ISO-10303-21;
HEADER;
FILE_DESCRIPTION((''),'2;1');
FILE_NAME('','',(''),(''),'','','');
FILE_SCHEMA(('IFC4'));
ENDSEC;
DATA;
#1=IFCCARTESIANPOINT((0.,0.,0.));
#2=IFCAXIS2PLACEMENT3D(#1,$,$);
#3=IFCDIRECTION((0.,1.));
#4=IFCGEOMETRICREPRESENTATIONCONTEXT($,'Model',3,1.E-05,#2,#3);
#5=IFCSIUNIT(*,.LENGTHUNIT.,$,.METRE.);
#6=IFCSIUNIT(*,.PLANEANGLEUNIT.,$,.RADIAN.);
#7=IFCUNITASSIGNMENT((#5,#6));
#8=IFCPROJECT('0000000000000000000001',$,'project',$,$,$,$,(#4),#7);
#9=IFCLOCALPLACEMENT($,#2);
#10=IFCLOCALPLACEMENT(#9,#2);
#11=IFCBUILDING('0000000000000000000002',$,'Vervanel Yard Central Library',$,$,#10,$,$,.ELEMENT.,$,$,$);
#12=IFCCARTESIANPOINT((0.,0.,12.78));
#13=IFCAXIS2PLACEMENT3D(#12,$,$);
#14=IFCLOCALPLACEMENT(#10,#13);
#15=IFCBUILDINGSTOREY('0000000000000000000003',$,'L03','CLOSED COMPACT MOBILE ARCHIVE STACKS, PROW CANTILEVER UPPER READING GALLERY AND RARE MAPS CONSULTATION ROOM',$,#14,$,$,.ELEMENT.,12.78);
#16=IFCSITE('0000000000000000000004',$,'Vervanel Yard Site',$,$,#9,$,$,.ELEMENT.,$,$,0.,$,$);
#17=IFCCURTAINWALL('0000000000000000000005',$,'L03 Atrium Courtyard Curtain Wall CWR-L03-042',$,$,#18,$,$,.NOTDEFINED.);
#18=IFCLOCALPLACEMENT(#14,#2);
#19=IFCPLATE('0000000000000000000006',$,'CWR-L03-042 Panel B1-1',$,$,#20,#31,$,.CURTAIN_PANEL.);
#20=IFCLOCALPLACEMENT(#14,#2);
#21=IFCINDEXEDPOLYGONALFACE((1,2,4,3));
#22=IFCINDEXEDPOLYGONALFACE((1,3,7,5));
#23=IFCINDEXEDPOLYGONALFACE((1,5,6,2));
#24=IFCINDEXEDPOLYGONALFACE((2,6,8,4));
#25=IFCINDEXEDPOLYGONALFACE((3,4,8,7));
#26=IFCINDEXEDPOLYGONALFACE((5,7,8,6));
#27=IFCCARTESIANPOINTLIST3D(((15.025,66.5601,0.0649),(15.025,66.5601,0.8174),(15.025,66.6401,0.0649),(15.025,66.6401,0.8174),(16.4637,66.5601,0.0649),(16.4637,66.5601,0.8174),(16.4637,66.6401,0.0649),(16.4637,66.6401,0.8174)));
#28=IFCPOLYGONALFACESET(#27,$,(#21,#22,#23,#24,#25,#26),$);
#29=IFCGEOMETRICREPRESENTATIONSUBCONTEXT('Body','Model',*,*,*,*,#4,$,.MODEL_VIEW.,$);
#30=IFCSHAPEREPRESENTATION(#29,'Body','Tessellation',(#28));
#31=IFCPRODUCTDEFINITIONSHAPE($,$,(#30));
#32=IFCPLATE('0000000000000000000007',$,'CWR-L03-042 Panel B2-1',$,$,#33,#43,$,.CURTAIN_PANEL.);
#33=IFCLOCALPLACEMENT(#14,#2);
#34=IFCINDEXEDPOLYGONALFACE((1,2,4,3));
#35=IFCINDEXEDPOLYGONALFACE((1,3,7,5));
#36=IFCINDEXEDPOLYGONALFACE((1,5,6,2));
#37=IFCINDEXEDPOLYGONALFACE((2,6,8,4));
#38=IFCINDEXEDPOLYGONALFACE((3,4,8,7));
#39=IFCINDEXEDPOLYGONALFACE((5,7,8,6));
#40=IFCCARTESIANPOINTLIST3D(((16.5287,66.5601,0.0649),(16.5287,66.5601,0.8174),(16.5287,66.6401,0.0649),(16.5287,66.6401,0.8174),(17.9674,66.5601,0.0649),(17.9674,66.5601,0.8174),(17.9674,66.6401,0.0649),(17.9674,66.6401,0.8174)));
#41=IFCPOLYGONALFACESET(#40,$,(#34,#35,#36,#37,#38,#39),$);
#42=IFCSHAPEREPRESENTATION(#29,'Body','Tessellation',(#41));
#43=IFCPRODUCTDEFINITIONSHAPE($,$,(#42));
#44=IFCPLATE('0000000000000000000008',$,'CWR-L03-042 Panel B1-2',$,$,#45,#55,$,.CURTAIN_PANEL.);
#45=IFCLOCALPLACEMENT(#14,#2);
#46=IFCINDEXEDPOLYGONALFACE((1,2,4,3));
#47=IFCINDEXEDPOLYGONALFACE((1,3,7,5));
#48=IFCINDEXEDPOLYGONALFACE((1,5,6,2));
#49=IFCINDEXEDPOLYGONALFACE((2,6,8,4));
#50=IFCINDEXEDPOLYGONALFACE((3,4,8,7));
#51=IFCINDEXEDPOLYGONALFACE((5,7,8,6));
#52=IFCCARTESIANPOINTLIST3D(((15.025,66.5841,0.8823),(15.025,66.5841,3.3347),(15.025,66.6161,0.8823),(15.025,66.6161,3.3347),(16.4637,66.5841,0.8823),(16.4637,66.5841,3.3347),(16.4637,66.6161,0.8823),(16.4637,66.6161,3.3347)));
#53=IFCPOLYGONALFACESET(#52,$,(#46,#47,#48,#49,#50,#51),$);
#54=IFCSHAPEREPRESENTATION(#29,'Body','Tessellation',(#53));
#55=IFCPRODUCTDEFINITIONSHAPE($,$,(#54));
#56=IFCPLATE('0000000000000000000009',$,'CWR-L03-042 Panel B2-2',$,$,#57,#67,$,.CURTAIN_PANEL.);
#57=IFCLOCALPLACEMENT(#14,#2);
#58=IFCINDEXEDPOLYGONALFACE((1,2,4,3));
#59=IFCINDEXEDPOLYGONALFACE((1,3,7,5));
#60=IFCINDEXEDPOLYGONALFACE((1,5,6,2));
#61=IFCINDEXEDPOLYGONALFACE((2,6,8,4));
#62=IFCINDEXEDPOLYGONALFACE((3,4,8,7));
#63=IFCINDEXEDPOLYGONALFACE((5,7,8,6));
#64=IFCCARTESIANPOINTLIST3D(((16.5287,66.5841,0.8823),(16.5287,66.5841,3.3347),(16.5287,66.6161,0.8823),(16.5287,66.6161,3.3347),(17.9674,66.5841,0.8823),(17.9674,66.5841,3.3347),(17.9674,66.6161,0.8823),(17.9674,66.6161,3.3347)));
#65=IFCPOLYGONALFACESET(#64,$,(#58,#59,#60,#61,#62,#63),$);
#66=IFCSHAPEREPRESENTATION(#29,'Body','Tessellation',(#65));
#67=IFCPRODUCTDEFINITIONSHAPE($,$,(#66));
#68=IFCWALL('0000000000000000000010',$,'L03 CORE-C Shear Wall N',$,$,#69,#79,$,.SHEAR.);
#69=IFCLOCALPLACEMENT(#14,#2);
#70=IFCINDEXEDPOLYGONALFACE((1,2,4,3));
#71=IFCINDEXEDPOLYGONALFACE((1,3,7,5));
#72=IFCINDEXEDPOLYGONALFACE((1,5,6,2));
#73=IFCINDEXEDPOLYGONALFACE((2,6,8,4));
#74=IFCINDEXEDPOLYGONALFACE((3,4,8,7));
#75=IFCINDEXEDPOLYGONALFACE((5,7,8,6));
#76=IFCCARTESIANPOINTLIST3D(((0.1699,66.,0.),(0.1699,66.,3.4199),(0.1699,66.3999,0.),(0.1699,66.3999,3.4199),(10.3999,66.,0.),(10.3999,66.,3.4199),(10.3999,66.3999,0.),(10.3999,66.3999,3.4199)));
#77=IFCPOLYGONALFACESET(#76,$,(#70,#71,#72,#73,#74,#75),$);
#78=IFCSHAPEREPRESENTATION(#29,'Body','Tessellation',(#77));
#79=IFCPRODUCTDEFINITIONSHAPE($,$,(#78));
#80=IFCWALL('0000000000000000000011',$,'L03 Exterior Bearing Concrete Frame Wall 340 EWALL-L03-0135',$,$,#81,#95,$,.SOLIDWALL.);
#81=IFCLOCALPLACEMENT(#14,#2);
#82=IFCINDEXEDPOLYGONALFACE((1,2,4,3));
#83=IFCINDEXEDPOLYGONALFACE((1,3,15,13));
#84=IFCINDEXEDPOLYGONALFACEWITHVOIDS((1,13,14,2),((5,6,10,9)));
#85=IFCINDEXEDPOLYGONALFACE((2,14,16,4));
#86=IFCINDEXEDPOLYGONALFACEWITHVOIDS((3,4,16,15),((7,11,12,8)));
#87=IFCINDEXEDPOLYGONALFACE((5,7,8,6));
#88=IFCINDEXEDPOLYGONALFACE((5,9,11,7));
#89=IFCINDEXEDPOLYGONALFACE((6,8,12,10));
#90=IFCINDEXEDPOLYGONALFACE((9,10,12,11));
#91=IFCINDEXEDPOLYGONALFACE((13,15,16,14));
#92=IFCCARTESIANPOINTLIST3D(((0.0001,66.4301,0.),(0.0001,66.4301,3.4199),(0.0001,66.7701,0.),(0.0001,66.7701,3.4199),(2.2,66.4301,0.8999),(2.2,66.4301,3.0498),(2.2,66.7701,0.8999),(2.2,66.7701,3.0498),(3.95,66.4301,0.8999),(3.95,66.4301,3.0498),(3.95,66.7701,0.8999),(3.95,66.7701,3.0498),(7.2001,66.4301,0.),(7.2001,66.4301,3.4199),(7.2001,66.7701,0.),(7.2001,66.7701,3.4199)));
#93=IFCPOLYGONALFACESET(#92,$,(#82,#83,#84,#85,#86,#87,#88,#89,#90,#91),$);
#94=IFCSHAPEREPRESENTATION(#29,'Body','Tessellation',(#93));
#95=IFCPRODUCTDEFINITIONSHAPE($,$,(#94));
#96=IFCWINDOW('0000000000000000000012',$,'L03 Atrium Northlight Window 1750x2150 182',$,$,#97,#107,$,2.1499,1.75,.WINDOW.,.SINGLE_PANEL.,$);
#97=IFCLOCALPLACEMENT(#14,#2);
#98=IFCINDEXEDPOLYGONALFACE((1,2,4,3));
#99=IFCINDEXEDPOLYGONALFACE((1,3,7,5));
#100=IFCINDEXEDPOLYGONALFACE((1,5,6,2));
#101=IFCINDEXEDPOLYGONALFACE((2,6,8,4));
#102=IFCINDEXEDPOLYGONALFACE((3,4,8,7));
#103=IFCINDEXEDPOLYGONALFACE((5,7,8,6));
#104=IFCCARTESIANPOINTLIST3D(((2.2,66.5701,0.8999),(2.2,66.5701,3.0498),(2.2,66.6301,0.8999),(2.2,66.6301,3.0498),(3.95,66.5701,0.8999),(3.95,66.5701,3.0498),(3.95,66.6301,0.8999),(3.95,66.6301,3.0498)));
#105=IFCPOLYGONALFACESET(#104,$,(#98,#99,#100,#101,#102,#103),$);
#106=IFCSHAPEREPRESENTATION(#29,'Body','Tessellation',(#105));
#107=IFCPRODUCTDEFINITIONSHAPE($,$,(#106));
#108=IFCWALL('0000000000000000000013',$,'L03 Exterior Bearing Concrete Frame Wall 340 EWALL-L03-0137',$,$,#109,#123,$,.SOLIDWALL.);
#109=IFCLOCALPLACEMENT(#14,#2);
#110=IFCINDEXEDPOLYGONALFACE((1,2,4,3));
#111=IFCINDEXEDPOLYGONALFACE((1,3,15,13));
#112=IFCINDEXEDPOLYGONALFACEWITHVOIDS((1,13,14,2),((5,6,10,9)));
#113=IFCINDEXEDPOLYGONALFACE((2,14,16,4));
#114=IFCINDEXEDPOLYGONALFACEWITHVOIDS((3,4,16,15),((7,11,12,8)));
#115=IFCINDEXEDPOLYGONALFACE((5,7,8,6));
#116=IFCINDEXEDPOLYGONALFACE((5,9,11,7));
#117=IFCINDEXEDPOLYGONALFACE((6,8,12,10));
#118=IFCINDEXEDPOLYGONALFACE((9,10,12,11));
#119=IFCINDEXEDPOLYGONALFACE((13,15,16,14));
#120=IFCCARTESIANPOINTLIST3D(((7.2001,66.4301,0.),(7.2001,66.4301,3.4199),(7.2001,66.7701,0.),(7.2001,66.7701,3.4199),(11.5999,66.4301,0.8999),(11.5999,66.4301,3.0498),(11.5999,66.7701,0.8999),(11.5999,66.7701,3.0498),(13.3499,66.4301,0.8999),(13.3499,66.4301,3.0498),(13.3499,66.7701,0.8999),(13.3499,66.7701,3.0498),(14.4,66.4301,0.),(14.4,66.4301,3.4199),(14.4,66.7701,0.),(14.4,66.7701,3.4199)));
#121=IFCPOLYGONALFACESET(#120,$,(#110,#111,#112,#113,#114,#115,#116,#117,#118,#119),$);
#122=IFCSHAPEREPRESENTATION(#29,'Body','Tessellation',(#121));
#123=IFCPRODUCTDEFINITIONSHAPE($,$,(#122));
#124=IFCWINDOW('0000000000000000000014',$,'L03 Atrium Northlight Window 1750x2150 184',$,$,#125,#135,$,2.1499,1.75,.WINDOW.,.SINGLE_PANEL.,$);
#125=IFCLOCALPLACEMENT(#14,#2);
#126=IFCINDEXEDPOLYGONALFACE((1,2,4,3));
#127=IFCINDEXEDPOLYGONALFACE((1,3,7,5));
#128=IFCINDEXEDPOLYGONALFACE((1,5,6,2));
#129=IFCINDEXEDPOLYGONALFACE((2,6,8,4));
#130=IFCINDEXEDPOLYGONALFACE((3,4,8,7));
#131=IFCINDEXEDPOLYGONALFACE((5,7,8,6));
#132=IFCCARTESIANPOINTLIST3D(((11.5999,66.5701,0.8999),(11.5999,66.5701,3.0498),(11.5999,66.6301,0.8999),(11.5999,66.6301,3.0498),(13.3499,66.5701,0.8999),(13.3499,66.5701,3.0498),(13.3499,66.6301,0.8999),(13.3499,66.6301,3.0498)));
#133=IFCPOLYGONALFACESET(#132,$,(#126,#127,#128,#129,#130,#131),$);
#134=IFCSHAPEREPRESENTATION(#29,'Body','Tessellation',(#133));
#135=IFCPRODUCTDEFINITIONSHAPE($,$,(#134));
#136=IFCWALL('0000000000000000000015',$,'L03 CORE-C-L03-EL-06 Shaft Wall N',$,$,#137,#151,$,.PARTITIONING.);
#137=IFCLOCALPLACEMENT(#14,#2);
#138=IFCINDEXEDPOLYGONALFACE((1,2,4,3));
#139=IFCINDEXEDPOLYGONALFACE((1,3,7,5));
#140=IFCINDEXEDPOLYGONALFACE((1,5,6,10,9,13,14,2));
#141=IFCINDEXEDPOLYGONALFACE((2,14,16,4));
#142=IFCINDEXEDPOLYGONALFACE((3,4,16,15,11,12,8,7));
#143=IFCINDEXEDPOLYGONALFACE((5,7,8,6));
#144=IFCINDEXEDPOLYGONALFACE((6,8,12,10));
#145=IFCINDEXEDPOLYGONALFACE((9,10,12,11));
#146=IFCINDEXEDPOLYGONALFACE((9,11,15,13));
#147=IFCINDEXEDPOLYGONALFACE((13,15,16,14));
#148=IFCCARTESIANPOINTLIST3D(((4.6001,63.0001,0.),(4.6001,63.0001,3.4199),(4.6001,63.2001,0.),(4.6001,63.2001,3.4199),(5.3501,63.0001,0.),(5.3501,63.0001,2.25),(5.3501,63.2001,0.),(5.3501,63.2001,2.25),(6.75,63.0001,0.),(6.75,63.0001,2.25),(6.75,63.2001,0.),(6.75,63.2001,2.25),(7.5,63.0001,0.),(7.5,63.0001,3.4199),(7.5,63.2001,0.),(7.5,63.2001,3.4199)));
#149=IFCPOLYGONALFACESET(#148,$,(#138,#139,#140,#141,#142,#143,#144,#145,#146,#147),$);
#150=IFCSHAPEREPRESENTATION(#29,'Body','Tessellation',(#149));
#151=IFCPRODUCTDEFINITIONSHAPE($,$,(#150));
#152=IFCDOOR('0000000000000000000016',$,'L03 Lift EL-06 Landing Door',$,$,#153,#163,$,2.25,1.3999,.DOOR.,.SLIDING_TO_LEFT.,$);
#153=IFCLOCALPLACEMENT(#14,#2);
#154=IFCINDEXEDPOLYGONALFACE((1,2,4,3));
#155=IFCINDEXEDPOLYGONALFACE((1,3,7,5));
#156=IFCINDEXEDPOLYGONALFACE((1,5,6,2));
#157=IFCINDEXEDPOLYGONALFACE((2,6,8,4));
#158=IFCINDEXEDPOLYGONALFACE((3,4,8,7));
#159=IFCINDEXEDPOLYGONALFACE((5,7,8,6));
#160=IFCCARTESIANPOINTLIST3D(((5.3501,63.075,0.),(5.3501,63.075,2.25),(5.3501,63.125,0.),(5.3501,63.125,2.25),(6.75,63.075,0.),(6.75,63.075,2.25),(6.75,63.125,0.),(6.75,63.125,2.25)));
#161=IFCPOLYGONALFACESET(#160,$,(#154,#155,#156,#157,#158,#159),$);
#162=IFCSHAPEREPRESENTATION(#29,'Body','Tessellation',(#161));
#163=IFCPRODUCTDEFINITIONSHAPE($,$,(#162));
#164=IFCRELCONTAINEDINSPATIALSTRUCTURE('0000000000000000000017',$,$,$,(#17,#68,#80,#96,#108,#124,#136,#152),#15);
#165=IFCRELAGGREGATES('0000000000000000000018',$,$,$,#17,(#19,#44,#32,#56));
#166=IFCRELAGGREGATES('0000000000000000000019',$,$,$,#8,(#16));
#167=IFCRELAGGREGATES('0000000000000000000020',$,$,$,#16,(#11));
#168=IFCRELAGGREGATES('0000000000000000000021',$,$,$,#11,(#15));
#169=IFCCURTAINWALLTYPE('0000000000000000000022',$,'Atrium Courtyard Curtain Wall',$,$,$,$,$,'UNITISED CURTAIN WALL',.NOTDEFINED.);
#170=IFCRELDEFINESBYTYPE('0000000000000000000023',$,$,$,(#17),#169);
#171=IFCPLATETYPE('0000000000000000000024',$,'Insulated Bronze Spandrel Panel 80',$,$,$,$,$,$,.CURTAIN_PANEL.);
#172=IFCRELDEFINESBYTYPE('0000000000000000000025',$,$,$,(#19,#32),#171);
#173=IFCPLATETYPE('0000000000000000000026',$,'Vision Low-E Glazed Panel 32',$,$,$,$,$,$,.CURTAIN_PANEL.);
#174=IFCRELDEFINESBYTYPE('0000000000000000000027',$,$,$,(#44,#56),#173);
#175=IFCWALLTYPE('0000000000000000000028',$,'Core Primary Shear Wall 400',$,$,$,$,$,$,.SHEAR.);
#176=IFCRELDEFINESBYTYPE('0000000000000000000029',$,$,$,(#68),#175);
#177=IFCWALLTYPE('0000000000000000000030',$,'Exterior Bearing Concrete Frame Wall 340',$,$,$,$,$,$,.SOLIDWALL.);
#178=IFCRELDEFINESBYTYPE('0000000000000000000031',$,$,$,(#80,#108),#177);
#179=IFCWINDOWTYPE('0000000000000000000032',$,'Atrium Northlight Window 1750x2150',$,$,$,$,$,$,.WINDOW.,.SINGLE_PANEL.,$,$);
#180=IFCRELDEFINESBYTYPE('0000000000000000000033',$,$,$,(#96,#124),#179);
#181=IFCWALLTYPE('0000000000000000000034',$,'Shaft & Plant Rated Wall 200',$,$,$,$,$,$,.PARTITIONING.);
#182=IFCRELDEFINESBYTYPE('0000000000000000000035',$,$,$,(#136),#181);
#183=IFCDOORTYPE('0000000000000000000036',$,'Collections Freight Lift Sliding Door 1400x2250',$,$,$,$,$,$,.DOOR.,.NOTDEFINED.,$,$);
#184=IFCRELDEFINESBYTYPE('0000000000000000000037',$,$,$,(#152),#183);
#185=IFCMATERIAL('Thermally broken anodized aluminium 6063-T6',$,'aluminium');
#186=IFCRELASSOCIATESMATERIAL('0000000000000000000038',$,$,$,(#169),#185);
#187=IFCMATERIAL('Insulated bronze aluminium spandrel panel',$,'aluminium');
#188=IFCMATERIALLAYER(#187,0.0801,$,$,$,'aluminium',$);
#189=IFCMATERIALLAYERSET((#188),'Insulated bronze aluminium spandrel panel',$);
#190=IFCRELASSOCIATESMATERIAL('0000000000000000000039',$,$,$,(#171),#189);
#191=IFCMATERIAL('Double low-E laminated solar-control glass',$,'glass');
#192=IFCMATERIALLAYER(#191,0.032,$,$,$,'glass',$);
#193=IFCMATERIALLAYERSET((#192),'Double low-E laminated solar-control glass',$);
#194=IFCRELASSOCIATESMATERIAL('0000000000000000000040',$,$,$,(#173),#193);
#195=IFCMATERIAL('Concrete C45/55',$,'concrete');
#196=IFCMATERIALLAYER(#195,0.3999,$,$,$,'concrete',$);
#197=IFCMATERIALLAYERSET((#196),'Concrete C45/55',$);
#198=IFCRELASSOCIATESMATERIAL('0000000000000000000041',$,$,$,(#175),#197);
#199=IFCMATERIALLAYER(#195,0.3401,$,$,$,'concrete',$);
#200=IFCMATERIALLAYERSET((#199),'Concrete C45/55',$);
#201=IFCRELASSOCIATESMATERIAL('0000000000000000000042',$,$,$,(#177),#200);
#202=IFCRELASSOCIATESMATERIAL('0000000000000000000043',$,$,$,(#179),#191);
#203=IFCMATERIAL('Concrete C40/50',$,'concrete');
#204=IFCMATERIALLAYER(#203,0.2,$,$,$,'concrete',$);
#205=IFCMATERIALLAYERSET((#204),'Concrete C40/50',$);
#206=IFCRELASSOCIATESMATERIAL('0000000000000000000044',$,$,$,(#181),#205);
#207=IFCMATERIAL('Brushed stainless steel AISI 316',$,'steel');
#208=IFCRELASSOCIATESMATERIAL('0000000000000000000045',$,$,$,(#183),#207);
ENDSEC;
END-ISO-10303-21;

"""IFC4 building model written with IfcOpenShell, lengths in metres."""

from ifc_helpers import new_model, si_unit, direction, frame, frame_2d, origin, origin_2d, place, context, subcontext, project, spatial, rectangle, extrude, material, layer, layer_set, type_object, element, fill, aggregate, save


model = new_model("IFC4")

# Units and contexts
model_context = context("Model", 3, precision=1e-05, world=origin(), true_north=direction((0.0, 1.0)))
body_context = subcontext(model_context, "Body", "Model", "MODEL_VIEW")
ifc_project = project(units=[si_unit("LENGTHUNIT", "METRE"), si_unit("PLANEANGLEUNIT", "RADIAN")], contexts=[model_context])

# Site, building, storey
site_placement = place(None, origin())
site = spatial("IfcSite", under=ifc_project, at=site_placement, Name="Vervanel Yard Site", CompositionType="ELEMENT", RefElevation=0.0)
building_placement = place(site_placement, origin())
building = spatial("IfcBuilding", under=site, at=building_placement, Name="Vervanel Yard Central Library", CompositionType="ELEMENT")
storey_placement = place(building_placement, frame((0.0, 0.0, 12.78)))
storey = spatial("IfcBuildingStorey", under=building, at=storey_placement, Name="L03", Description="CLOSED COMPACT MOBILE ARCHIVE STACKS, PROW CANTILEVER UPPER READING GALLERY AND RARE MAPS CONSULTATION ROOM", CompositionType="ELEMENT", Elevation=12.78)

# Curtain wall
ifc_material_1 = material(Name="Thermally broken anodized aluminium 6063-T6", Category="aluminium")
curtain_wall_type = type_object("IfcCurtainWallType", Name="Atrium Courtyard Curtain Wall", ElementType="UNITISED CURTAIN WALL", PredefinedType="NOTDEFINED", material=ifc_material_1)
curtain_wall_placement = place(storey_placement, origin())
curtain_wall = element("IfcCurtainWall", 1, at=curtain_wall_placement, inside=storey, type_object=curtain_wall_type, Name="L03 Atrium Courtyard Curtain Wall CWR-L03-042", PredefinedType="NOTDEFINED")

# Plates
ifc_material_2 = material(Name="Insulated bronze aluminium spandrel panel", Category="aluminium")
ifc_layer_1 = layer(ifc_material_2, 0.0801, Category="aluminium")
ifc_layer_set_1 = layer_set([ifc_layer_1], Name="Insulated bronze aluminium spandrel panel")
plate_type_1 = type_object("IfcPlateType", Name="Insulated Bronze Spandrel Panel 80", PredefinedType="CURTAIN_PANEL", material=ifc_layer_set_1)
plate_1_placement = place(storey_placement, frame((15.7444, 66.6001, 0.0649), z_axis=(0.0, 0.0, 1.0), x_axis=(1.0, 0.0, 0.0)))
plate_1 = element("IfcPlate", 2, at=plate_1_placement, type_object=plate_type_1, Name="CWR-L03-042 Panel B1-1", PredefinedType="CURTAIN_PANEL", context=body_context, shape_type="SweptSolid", body=[
    extrude(rectangle(XDim=1.4387, YDim=0.0801, at=origin_2d()), origin(), (0.0, 0.0, 1.0), 0.7524),
])
plate_2_placement = place(storey_placement, frame((17.248, 66.6001, 0.0649), z_axis=(0.0, 0.0, 1.0), x_axis=(1.0, 0.0, 0.0)))
plate_2 = element("IfcPlate", 3, at=plate_2_placement, type_object=plate_type_1, Name="CWR-L03-042 Panel B2-1", PredefinedType="CURTAIN_PANEL", context=body_context, shape_type="SweptSolid", body=[
    extrude(rectangle(XDim=1.4387, YDim=0.0801, at=origin_2d()), origin(), (0.0, 0.0, 1.0), 0.7524),
])
ifc_material_3 = material(Name="Double low-E laminated solar-control glass", Category="glass")
ifc_layer_2 = layer(ifc_material_3, 0.032, Category="glass")
ifc_layer_set_2 = layer_set([ifc_layer_2], Name="Double low-E laminated solar-control glass")
plate_type_2 = type_object("IfcPlateType", Name="Vision Low-E Glazed Panel 32", PredefinedType="CURTAIN_PANEL", material=ifc_layer_set_2)
plate_3_placement = place(storey_placement, frame((15.7444, 66.6001, 0.8823), z_axis=(0.0, 0.0, 1.0), x_axis=(1.0, 0.0, 0.0)))
plate_3 = element("IfcPlate", 4, at=plate_3_placement, type_object=plate_type_2, Name="CWR-L03-042 Panel B1-2", PredefinedType="CURTAIN_PANEL", context=body_context, shape_type="SweptSolid", body=[
    extrude(rectangle(XDim=1.4387, YDim=0.032, at=origin_2d()), origin(), (0.0, 0.0, 1.0), 2.4524),
])
plate_4_placement = place(storey_placement, frame((17.248, 66.6001, 0.8823), z_axis=(0.0, 0.0, 1.0), x_axis=(1.0, 0.0, 0.0)))
plate_4 = element("IfcPlate", 5, at=plate_4_placement, type_object=plate_type_2, Name="CWR-L03-042 Panel B2-2", PredefinedType="CURTAIN_PANEL", context=body_context, shape_type="SweptSolid", body=[
    extrude(rectangle(XDim=1.4387, YDim=0.032, at=origin_2d()), origin(), (0.0, 0.0, 1.0), 2.4524),
])
aggregate(curtain_wall, [plate_1, plate_3, plate_2, plate_4])

# Wall
ifc_material_4 = material(Name="Concrete C45/55", Category="concrete")
ifc_layer_3 = layer(ifc_material_4, 0.3999, Category="concrete")
ifc_layer_set_3 = layer_set([ifc_layer_3], Name="Concrete C45/55")
wall_type_1 = type_object("IfcWallType", Name="Core Primary Shear Wall 400", PredefinedType="SHEAR", material=ifc_layer_set_3)
wall_1_placement = place(storey_placement, frame((0.1699, 66.2, 0.0), z_axis=(0.0, 0.0, 1.0), x_axis=(1.0, 0.0, 0.0)))
element("IfcWall", 6, at=wall_1_placement, inside=storey, type_object=wall_type_1, Name="L03 CORE-C Shear Wall N", PredefinedType="SHEAR", context=body_context, shape_type="SweptSolid", body=[
    extrude(rectangle(XDim=10.23, YDim=0.3999, at=frame_2d((5.115, 0.0))), origin(), (0.0, 0.0, 1.0), 3.4199),
])

# Walls, openings, windows
ifc_layer_4 = layer(ifc_material_4, 0.3401, Category="concrete")
ifc_layer_set_4 = layer_set([ifc_layer_4], Name="Concrete C45/55")
wall_type_2 = type_object("IfcWallType", Name="Exterior Bearing Concrete Frame Wall 340", PredefinedType="SOLIDWALL", material=ifc_layer_set_4)
wall_2_placement = place(storey_placement, frame((0.0, 66.6001, 0.0), z_axis=(0.0, 0.0, 1.0), x_axis=(1.0, 0.0, 0.0)))
wall_2 = element("IfcWall", 7, at=wall_2_placement, inside=storey, type_object=wall_type_2, Name="L03 Exterior Bearing Concrete Frame Wall 340 EWALL-L03-0135", PredefinedType="SOLIDWALL", context=body_context, shape_type="SweptSolid", body=[
    extrude(rectangle(XDim=7.2, YDim=0.3401, at=frame_2d((3.6001, 0.0))), origin(), (0.0, 0.0, 1.0), 3.4199),
])
opening_1_placement = place(wall_2_placement, frame((2.2, 0.0, 0.8999)))
opening_1 = element("IfcOpeningElement", 8, at=opening_1_placement, cuts=wall_2, PredefinedType="OPENING", context=body_context, shape_type="SweptSolid", body=[
    extrude(rectangle(XDim=1.75, YDim=2.1499, at=frame_2d((0.875, 1.075))), frame((0.0, 0.1799, 0.0), z_axis=(0.0, -1.0, 0.0), x_axis=(1.0, 0.0, 0.0)), (0.0, 0.0, 1.0), 0.3601),
])
window_type = type_object("IfcWindowType", Name="Atrium Northlight Window 1750x2150", PartitioningType="SINGLE_PANEL", PredefinedType="WINDOW", material=ifc_material_3)
window_1_placement = place(opening_1_placement, origin())
window_1 = element("IfcWindow", 9, at=window_1_placement, inside=storey, type_object=window_type, Name="L03 Atrium Northlight Window 1750x2150 182", OverallHeight=2.1499, OverallWidth=1.75, PartitioningType="SINGLE_PANEL", PredefinedType="WINDOW", context=body_context, shape_type="SweptSolid", body=[
    extrude(rectangle(XDim=1.75, YDim=2.1499, at=frame_2d((0.875, 1.075))), frame((0.0, 0.03, 0.0), z_axis=(0.0, -1.0, 0.0), x_axis=(1.0, 0.0, 0.0)), (0.0, 0.0, 1.0), 0.0601),
])
fill(opening_1, window_1)
wall_3_placement = place(storey_placement, frame((7.2, 66.6001, 0.0), z_axis=(0.0, 0.0, 1.0), x_axis=(1.0, 0.0, 0.0)))
wall_3 = element("IfcWall", 10, at=wall_3_placement, inside=storey, type_object=wall_type_2, Name="L03 Exterior Bearing Concrete Frame Wall 340 EWALL-L03-0137", PredefinedType="SOLIDWALL", context=body_context, shape_type="SweptSolid", body=[
    extrude(rectangle(XDim=7.2, YDim=0.3401, at=frame_2d((3.6001, 0.0))), origin(), (0.0, 0.0, 1.0), 3.4199),
])
opening_2_placement = place(wall_3_placement, frame((4.3999, 0.0, 0.8999)))
opening_2 = element("IfcOpeningElement", 11, at=opening_2_placement, cuts=wall_3, PredefinedType="OPENING", context=body_context, shape_type="SweptSolid", body=[
    extrude(rectangle(XDim=1.75, YDim=2.1499, at=frame_2d((0.875, 1.075))), frame((0.0, 0.1799, 0.0), z_axis=(0.0, -1.0, 0.0), x_axis=(1.0, 0.0, 0.0)), (0.0, 0.0, 1.0), 0.3601),
])
window_2_placement = place(opening_2_placement, origin())
window_2 = element("IfcWindow", 12, at=window_2_placement, inside=storey, type_object=window_type, Name="L03 Atrium Northlight Window 1750x2150 184", OverallHeight=2.1499, OverallWidth=1.75, PartitioningType="SINGLE_PANEL", PredefinedType="WINDOW", context=body_context, shape_type="SweptSolid", body=[
    extrude(rectangle(XDim=1.75, YDim=2.1499, at=frame_2d((0.875, 1.075))), frame((0.0, 0.03, 0.0), z_axis=(0.0, -1.0, 0.0), x_axis=(1.0, 0.0, 0.0)), (0.0, 0.0, 1.0), 0.0601),
])
fill(opening_2, window_2)

# Wall, opening, door
ifc_material_5 = material(Name="Concrete C40/50", Category="concrete")
ifc_layer_5 = layer(ifc_material_5, 0.2, Category="concrete")
ifc_layer_set_5 = layer_set([ifc_layer_5], Name="Concrete C40/50")
wall_type_3 = type_object("IfcWallType", Name="Shaft & Plant Rated Wall 200", PredefinedType="PARTITIONING", material=ifc_layer_set_5)
wall_4_placement = place(storey_placement, frame((4.6001, 63.1001, 0.0), z_axis=(0.0, 0.0, 1.0), x_axis=(1.0, 0.0, 0.0)))
wall_4 = element("IfcWall", 13, at=wall_4_placement, inside=storey, type_object=wall_type_3, Name="L03 CORE-C-L03-EL-06 Shaft Wall N", PredefinedType="PARTITIONING", context=body_context, shape_type="SweptSolid", body=[
    extrude(rectangle(XDim=2.8999, YDim=0.2, at=frame_2d((1.45, 0.0))), origin(), (0.0, 0.0, 1.0), 3.4199),
])
opening_3_placement = place(wall_4_placement, frame((0.75, 0.0, 0.0)))
opening_3 = element("IfcOpeningElement", 14, at=opening_3_placement, cuts=wall_4, PredefinedType="OPENING", context=body_context, shape_type="SweptSolid", body=[
    extrude(rectangle(XDim=1.3999, YDim=2.25, at=frame_2d((0.7, 1.125))), frame((0.0, 0.1099, 0.0), z_axis=(0.0, -1.0, 0.0), x_axis=(1.0, 0.0, 0.0)), (0.0, 0.0, 1.0), 0.22),
])
ifc_material_6 = material(Name="Brushed stainless steel AISI 316", Category="steel")
door_type_1 = type_object("IfcDoorType", Name="Collections Freight Lift Sliding Door 1400x2250", OperationType="NOTDEFINED", PredefinedType="DOOR", material=ifc_material_6)
door_1_placement = place(opening_3_placement, origin())
door_1 = element("IfcDoor", 15, at=door_1_placement, inside=storey, type_object=door_type_1, Name="L03 Lift EL-06 Landing Door", OperationType="SLIDING_TO_LEFT", OverallHeight=2.25, OverallWidth=1.3999, PredefinedType="DOOR", context=body_context, shape_type="SweptSolid", body=[
    extrude(rectangle(XDim=1.3999, YDim=2.25, at=frame_2d((0.7, 1.125))), frame((0.0, 0.0249, 0.0), z_axis=(0.0, -1.0, 0.0), x_axis=(1.0, 0.0, 0.0)), (0.0, 0.0, 1.0), 0.05),
])
fill(opening_3, door_1)

save(model, "model.ifc")
